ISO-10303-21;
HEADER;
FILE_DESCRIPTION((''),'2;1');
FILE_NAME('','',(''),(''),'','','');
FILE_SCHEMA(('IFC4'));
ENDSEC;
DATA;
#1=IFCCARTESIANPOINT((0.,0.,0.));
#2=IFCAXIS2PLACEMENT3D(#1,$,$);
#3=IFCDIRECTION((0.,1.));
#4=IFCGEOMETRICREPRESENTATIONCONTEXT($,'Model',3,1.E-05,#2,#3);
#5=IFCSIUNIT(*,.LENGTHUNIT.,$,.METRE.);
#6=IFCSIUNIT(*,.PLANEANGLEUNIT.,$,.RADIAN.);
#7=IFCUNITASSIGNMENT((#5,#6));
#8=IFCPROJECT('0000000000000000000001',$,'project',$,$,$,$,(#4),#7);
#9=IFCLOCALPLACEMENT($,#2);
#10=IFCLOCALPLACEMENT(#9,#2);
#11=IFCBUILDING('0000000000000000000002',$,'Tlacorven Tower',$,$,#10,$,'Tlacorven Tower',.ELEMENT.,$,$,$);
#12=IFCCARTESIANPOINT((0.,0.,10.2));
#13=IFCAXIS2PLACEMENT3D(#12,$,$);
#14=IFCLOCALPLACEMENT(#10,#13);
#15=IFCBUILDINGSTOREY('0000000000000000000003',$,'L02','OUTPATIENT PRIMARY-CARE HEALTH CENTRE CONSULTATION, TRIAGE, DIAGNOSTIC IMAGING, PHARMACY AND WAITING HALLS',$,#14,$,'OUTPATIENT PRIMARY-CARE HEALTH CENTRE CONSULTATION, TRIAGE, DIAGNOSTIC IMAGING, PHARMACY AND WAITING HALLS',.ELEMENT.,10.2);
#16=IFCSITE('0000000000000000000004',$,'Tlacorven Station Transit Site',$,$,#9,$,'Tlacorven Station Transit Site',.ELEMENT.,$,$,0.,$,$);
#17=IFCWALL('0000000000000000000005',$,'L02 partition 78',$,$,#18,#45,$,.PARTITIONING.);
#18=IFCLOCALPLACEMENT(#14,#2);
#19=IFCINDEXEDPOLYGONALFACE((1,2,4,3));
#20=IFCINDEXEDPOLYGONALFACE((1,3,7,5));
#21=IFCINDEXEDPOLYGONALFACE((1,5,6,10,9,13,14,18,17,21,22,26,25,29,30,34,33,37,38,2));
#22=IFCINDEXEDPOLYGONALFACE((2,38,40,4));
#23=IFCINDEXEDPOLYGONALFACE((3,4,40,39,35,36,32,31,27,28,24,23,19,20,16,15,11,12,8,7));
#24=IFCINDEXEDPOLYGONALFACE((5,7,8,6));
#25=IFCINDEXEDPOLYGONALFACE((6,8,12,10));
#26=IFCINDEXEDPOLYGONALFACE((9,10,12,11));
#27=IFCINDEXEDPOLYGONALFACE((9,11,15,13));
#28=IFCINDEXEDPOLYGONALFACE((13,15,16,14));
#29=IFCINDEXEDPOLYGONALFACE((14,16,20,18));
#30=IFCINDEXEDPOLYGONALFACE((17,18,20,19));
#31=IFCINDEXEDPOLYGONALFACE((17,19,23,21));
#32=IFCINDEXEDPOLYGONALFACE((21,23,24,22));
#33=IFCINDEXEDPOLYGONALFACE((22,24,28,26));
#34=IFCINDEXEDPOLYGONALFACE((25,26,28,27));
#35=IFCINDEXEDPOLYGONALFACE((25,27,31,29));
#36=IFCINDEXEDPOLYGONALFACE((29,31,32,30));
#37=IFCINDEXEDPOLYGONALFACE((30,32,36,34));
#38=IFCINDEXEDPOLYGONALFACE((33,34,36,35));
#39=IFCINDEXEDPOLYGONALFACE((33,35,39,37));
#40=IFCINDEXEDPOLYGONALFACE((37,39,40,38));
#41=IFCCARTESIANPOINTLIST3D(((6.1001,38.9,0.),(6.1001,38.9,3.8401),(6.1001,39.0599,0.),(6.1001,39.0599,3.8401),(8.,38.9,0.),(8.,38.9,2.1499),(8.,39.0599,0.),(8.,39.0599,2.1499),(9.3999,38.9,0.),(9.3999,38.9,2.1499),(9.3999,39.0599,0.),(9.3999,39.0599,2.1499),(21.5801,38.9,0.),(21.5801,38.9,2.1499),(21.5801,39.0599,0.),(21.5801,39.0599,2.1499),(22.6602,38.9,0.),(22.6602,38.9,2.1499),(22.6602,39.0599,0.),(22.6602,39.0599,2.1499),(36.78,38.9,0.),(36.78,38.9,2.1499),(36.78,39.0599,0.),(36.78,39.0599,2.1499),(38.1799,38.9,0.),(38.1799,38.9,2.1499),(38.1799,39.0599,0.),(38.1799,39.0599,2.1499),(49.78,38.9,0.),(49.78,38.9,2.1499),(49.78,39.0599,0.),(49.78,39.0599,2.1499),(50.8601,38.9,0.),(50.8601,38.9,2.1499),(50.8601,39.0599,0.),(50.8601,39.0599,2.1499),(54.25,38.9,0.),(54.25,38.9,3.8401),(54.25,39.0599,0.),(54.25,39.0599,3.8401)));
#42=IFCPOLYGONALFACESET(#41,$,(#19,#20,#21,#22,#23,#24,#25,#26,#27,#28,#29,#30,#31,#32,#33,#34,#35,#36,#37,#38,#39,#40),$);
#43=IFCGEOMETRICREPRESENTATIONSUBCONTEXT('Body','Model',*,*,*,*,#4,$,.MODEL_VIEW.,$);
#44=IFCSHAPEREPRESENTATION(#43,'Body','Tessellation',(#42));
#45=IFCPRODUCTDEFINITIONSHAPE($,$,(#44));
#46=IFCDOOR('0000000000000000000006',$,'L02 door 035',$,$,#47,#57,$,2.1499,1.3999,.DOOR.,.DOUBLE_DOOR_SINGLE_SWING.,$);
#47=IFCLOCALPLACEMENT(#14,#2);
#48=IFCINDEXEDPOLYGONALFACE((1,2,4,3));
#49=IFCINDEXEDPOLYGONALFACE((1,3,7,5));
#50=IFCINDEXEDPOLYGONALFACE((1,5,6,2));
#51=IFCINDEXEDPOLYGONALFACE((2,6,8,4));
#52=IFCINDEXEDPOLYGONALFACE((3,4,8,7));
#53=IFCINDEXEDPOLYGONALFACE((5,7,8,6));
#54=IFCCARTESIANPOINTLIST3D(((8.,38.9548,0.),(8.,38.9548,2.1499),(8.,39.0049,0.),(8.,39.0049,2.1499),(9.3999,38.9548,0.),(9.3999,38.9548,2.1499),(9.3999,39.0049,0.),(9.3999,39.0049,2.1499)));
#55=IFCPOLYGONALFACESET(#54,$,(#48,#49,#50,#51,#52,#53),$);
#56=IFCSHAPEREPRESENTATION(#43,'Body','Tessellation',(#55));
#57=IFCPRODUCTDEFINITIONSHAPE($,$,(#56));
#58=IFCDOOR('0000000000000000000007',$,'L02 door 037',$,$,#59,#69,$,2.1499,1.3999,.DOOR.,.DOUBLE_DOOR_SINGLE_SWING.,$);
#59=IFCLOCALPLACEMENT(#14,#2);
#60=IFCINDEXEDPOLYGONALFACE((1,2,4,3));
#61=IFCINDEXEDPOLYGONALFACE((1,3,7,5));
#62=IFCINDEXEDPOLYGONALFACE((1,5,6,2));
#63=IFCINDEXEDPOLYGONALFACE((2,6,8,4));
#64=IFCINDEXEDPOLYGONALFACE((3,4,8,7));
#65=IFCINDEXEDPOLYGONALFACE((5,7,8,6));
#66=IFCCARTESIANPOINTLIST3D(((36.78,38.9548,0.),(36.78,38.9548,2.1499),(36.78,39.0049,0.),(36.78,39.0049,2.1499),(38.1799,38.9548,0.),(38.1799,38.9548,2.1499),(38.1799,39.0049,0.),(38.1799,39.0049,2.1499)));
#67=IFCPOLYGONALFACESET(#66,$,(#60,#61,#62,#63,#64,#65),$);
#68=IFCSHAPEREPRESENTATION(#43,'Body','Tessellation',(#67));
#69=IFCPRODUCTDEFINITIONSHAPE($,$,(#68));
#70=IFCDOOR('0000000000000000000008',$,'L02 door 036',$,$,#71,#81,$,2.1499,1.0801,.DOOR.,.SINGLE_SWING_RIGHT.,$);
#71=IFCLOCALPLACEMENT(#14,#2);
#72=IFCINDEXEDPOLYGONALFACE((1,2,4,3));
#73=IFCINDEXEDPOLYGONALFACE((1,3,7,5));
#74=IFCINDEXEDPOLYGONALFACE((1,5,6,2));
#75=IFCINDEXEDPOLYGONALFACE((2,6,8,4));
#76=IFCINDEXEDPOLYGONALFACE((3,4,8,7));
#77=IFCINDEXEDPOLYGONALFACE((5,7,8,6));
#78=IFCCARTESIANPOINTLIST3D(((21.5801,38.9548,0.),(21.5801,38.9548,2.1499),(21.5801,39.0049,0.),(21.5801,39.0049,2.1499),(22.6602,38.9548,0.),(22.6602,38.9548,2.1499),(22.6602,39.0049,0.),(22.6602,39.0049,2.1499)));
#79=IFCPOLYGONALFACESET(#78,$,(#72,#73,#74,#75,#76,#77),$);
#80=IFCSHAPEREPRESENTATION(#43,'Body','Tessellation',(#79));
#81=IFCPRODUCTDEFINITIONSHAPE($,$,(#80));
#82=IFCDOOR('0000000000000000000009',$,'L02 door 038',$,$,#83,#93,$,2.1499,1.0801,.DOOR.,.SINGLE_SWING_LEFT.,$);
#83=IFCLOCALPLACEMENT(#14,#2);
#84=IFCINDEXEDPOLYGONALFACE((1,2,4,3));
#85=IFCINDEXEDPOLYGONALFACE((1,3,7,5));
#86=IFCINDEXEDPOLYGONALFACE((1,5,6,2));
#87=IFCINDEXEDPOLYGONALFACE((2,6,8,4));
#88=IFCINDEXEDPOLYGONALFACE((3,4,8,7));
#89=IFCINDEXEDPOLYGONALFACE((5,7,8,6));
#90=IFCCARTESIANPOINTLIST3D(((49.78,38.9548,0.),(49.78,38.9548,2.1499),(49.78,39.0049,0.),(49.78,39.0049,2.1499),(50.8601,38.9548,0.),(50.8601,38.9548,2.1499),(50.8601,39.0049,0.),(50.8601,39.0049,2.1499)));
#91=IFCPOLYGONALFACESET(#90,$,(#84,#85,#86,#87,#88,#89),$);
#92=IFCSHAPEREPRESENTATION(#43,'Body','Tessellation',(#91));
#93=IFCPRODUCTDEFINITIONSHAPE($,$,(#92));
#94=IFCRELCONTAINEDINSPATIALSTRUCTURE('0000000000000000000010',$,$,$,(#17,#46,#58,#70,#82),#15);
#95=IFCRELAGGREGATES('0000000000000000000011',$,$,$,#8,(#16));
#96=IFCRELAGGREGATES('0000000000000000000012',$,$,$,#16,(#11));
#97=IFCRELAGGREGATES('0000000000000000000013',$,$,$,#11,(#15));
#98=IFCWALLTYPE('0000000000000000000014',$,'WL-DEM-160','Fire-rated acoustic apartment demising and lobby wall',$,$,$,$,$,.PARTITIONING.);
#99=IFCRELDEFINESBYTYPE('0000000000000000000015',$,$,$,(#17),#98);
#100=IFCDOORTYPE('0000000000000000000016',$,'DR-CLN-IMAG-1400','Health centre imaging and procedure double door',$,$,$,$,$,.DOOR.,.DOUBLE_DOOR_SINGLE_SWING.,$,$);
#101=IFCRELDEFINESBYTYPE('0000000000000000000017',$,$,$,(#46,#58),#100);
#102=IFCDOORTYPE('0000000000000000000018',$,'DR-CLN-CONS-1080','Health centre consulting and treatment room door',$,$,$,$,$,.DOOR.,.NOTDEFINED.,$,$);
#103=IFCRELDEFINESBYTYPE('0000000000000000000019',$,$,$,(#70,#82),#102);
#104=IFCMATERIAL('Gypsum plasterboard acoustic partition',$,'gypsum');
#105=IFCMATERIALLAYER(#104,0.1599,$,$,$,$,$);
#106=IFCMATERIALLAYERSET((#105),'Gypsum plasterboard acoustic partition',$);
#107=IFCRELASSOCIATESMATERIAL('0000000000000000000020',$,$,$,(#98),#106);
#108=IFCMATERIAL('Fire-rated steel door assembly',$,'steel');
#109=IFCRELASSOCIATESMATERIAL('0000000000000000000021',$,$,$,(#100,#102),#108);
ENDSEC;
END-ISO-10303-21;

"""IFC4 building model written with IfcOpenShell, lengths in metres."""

from ifc_helpers import new_model, si_unit, direction, frame, frame_2d, origin, place, context, subcontext, project, spatial, rectangle, extrude, source, transform, mapped, material, layer, layer_set, type_object, element, fill, save


model = new_model("IFC4")

# Units and contexts
model_context = context("Model", 3, precision=1e-05, world=origin(), true_north=direction((0.0, 1.0)))
body_context = subcontext(model_context, "Body", "Model", "MODEL_VIEW")
ifc_project = project(units=[si_unit("LENGTHUNIT", "METRE"), si_unit("PLANEANGLEUNIT", "RADIAN")], contexts=[model_context])

# Site, building, storey
site_placement = place(None, origin())
site = spatial("IfcSite", under=ifc_project, at=site_placement, Name="Tlacorven Station Transit Site", LongName="Tlacorven Station Transit Site", CompositionType="ELEMENT", RefElevation=0.0)
building_placement = place(site_placement, origin())
building = spatial("IfcBuilding", under=site, at=building_placement, Name="Tlacorven Tower", LongName="Tlacorven Tower", CompositionType="ELEMENT")
storey_placement = place(building_placement, frame((0.0, 0.0, 10.2)))
storey = spatial("IfcBuildingStorey", under=building, at=storey_placement, Name="L02", Description="OUTPATIENT PRIMARY-CARE HEALTH CENTRE CONSULTATION, TRIAGE, DIAGNOSTIC IMAGING, PHARMACY AND WAITING HALLS", LongName="OUTPATIENT PRIMARY-CARE HEALTH CENTRE CONSULTATION, TRIAGE, DIAGNOSTIC IMAGING, PHARMACY AND WAITING HALLS", CompositionType="ELEMENT", Elevation=10.2)

# Wall, openings, doors
ifc_material_1 = material(Name="Gypsum plasterboard acoustic partition", Category="gypsum")
ifc_layer = layer(ifc_material_1, 0.1599)
ifc_layer_set = layer_set([ifc_layer], Name="Gypsum plasterboard acoustic partition")
wall_type = type_object("IfcWallType", Name="WL-DEM-160", Description="Fire-rated acoustic apartment demising and lobby wall", PredefinedType="PARTITIONING", material=ifc_layer_set)
wall_placement = place(storey_placement, frame((6.1001, 38.98, 0.0), z_axis=(0.0, 0.0, 1.0), x_axis=(1.0, 0.0, 0.0)))
wall = element("IfcWall", 1, at=wall_placement, inside=storey, type_object=wall_type, Name="L02 partition 78", PredefinedType="PARTITIONING", context=body_context, shape_type="SweptSolid", body=[
    extrude(rectangle(XDim=48.1499, YDim=0.1599, at=frame_2d((24.075, 0.0))), origin(), (0.0, 0.0, 1.0), 3.8401),
])
opening_1_placement = place(wall_placement, frame((1.8999, 0.0, 0.0)))
opening_1 = element("IfcOpeningElement", 2, at=opening_1_placement, cuts=wall, PredefinedType="OPENING", context=body_context, shape_type="SweptSolid", body=[
    extrude(rectangle(XDim=1.3999, YDim=2.1499, at=frame_2d((0.7, 1.075))), frame((0.0, 0.0898, 0.0), z_axis=(0.0, -1.0, 0.0), x_axis=(1.0, 0.0, 0.0)), (0.0, 0.0, 1.0), 0.1799),
])
opening_2_placement = place(wall_placement, frame((15.48, 0.0, 0.0)))
opening_2 = element("IfcOpeningElement", 3, at=opening_2_placement, cuts=wall, PredefinedType="OPENING", context=body_context, shape_type="SweptSolid", body=[
    extrude(rectangle(XDim=1.0801, YDim=2.1499, at=frame_2d((0.54, 1.075))), frame((0.0, 0.0898, 0.0), z_axis=(0.0, -1.0, 0.0), x_axis=(1.0, 0.0, 0.0)), (0.0, 0.0, 1.0), 0.1799),
])
opening_3_placement = place(wall_placement, frame((30.6799, 0.0, 0.0)))
opening_3 = element("IfcOpeningElement", 4, at=opening_3_placement, cuts=wall, PredefinedType="OPENING", context=body_context, shape_type="SweptSolid", body=[
    extrude(rectangle(XDim=1.3999, YDim=2.1499, at=frame_2d((0.7, 1.075))), frame((0.0, 0.0898, 0.0), z_axis=(0.0, -1.0, 0.0), x_axis=(1.0, 0.0, 0.0)), (0.0, 0.0, 1.0), 0.1799),
])
opening_4_placement = place(wall_placement, frame((43.6799, 0.0, 0.0)))
opening_4 = element("IfcOpeningElement", 5, at=opening_4_placement, cuts=wall, PredefinedType="OPENING", context=body_context, shape_type="SweptSolid", body=[
    extrude(rectangle(XDim=1.0801, YDim=2.1499, at=frame_2d((0.54, 1.075))), frame((0.0, 0.0898, 0.0), z_axis=(0.0, -1.0, 0.0), x_axis=(1.0, 0.0, 0.0)), (0.0, 0.0, 1.0), 0.1799),
])
ifc_material_2 = material(Name="Fire-rated steel door assembly", Category="steel")
door_type_1 = type_object("IfcDoorType", Name="DR-CLN-IMAG-1400", Description="Health centre imaging and procedure double door", OperationType="DOUBLE_DOOR_SINGLE_SWING", PredefinedType="DOOR", material=ifc_material_2)
shared_shape_1 = source(origin(), body_context, "Body", "SweptSolid", [
    extrude(rectangle(XDim=1.3999, YDim=2.1499, at=frame_2d((0.7, 1.075))), frame((0.0, 0.0249, 0.0), z_axis=(0.0, -1.0, 0.0), x_axis=(1.0, 0.0, 0.0)), (0.0, 0.0, 1.0), 0.05),
])
door_1_placement = place(opening_1_placement, origin())
door_1 = element("IfcDoor", 6, at=door_1_placement, inside=storey, type_object=door_type_1, Name="L02 door 035", OperationType="DOUBLE_DOOR_SINGLE_SWING", OverallHeight=2.1499, OverallWidth=1.3999, PredefinedType="DOOR", context=body_context, shape_type="MappedRepresentation", body=[
    mapped(shared_shape_1, transform((0.0, 0.0, 0.0), scale=1.0)),
])
fill(opening_1, door_1)
door_2_placement = place(opening_3_placement, origin())
door_2 = element("IfcDoor", 7, at=door_2_placement, inside=storey, type_object=door_type_1, Name="L02 door 037", OperationType="DOUBLE_DOOR_SINGLE_SWING", OverallHeight=2.1499, OverallWidth=1.3999, PredefinedType="DOOR", context=body_context, shape_type="MappedRepresentation", body=[
    mapped(shared_shape_1, transform((0.0, 0.0, 0.0), scale=1.0)),
])
fill(opening_3, door_2)
door_type_2 = type_object("IfcDoorType", Name="DR-CLN-CONS-1080", Description="Health centre consulting and treatment room door", OperationType="NOTDEFINED", PredefinedType="DOOR", material=ifc_material_2)
shared_shape_2 = source(origin(), body_context, "Body", "SweptSolid", [
    extrude(rectangle(XDim=1.0801, YDim=2.1499, at=frame_2d((0.54, 1.075))), frame((0.0, 0.0249, 0.0), z_axis=(0.0, -1.0, 0.0), x_axis=(1.0, 0.0, 0.0)), (0.0, 0.0, 1.0), 0.05),
])
door_3_placement = place(opening_2_placement, origin())
door_3 = element("IfcDoor", 8, at=door_3_placement, inside=storey, type_object=door_type_2, Name="L02 door 036", OperationType="SINGLE_SWING_RIGHT", OverallHeight=2.1499, OverallWidth=1.0801, PredefinedType="DOOR", context=body_context, shape_type="MappedRepresentation", body=[
    mapped(shared_shape_2, transform((0.0, 0.0, 0.0), scale=1.0)),
])
fill(opening_2, door_3)
door_4_placement = place(opening_4_placement, origin())
door_4 = element("IfcDoor", 9, at=door_4_placement, inside=storey, type_object=door_type_2, Name="L02 door 038", OperationType="SINGLE_SWING_LEFT", OverallHeight=2.1499, OverallWidth=1.0801, PredefinedType="DOOR", context=body_context, shape_type="MappedRepresentation", body=[
    mapped(shared_shape_2, transform((0.0, 0.0, 0.0), scale=1.0)),
])
fill(opening_4, door_4)

save(model, "model.ifc")
